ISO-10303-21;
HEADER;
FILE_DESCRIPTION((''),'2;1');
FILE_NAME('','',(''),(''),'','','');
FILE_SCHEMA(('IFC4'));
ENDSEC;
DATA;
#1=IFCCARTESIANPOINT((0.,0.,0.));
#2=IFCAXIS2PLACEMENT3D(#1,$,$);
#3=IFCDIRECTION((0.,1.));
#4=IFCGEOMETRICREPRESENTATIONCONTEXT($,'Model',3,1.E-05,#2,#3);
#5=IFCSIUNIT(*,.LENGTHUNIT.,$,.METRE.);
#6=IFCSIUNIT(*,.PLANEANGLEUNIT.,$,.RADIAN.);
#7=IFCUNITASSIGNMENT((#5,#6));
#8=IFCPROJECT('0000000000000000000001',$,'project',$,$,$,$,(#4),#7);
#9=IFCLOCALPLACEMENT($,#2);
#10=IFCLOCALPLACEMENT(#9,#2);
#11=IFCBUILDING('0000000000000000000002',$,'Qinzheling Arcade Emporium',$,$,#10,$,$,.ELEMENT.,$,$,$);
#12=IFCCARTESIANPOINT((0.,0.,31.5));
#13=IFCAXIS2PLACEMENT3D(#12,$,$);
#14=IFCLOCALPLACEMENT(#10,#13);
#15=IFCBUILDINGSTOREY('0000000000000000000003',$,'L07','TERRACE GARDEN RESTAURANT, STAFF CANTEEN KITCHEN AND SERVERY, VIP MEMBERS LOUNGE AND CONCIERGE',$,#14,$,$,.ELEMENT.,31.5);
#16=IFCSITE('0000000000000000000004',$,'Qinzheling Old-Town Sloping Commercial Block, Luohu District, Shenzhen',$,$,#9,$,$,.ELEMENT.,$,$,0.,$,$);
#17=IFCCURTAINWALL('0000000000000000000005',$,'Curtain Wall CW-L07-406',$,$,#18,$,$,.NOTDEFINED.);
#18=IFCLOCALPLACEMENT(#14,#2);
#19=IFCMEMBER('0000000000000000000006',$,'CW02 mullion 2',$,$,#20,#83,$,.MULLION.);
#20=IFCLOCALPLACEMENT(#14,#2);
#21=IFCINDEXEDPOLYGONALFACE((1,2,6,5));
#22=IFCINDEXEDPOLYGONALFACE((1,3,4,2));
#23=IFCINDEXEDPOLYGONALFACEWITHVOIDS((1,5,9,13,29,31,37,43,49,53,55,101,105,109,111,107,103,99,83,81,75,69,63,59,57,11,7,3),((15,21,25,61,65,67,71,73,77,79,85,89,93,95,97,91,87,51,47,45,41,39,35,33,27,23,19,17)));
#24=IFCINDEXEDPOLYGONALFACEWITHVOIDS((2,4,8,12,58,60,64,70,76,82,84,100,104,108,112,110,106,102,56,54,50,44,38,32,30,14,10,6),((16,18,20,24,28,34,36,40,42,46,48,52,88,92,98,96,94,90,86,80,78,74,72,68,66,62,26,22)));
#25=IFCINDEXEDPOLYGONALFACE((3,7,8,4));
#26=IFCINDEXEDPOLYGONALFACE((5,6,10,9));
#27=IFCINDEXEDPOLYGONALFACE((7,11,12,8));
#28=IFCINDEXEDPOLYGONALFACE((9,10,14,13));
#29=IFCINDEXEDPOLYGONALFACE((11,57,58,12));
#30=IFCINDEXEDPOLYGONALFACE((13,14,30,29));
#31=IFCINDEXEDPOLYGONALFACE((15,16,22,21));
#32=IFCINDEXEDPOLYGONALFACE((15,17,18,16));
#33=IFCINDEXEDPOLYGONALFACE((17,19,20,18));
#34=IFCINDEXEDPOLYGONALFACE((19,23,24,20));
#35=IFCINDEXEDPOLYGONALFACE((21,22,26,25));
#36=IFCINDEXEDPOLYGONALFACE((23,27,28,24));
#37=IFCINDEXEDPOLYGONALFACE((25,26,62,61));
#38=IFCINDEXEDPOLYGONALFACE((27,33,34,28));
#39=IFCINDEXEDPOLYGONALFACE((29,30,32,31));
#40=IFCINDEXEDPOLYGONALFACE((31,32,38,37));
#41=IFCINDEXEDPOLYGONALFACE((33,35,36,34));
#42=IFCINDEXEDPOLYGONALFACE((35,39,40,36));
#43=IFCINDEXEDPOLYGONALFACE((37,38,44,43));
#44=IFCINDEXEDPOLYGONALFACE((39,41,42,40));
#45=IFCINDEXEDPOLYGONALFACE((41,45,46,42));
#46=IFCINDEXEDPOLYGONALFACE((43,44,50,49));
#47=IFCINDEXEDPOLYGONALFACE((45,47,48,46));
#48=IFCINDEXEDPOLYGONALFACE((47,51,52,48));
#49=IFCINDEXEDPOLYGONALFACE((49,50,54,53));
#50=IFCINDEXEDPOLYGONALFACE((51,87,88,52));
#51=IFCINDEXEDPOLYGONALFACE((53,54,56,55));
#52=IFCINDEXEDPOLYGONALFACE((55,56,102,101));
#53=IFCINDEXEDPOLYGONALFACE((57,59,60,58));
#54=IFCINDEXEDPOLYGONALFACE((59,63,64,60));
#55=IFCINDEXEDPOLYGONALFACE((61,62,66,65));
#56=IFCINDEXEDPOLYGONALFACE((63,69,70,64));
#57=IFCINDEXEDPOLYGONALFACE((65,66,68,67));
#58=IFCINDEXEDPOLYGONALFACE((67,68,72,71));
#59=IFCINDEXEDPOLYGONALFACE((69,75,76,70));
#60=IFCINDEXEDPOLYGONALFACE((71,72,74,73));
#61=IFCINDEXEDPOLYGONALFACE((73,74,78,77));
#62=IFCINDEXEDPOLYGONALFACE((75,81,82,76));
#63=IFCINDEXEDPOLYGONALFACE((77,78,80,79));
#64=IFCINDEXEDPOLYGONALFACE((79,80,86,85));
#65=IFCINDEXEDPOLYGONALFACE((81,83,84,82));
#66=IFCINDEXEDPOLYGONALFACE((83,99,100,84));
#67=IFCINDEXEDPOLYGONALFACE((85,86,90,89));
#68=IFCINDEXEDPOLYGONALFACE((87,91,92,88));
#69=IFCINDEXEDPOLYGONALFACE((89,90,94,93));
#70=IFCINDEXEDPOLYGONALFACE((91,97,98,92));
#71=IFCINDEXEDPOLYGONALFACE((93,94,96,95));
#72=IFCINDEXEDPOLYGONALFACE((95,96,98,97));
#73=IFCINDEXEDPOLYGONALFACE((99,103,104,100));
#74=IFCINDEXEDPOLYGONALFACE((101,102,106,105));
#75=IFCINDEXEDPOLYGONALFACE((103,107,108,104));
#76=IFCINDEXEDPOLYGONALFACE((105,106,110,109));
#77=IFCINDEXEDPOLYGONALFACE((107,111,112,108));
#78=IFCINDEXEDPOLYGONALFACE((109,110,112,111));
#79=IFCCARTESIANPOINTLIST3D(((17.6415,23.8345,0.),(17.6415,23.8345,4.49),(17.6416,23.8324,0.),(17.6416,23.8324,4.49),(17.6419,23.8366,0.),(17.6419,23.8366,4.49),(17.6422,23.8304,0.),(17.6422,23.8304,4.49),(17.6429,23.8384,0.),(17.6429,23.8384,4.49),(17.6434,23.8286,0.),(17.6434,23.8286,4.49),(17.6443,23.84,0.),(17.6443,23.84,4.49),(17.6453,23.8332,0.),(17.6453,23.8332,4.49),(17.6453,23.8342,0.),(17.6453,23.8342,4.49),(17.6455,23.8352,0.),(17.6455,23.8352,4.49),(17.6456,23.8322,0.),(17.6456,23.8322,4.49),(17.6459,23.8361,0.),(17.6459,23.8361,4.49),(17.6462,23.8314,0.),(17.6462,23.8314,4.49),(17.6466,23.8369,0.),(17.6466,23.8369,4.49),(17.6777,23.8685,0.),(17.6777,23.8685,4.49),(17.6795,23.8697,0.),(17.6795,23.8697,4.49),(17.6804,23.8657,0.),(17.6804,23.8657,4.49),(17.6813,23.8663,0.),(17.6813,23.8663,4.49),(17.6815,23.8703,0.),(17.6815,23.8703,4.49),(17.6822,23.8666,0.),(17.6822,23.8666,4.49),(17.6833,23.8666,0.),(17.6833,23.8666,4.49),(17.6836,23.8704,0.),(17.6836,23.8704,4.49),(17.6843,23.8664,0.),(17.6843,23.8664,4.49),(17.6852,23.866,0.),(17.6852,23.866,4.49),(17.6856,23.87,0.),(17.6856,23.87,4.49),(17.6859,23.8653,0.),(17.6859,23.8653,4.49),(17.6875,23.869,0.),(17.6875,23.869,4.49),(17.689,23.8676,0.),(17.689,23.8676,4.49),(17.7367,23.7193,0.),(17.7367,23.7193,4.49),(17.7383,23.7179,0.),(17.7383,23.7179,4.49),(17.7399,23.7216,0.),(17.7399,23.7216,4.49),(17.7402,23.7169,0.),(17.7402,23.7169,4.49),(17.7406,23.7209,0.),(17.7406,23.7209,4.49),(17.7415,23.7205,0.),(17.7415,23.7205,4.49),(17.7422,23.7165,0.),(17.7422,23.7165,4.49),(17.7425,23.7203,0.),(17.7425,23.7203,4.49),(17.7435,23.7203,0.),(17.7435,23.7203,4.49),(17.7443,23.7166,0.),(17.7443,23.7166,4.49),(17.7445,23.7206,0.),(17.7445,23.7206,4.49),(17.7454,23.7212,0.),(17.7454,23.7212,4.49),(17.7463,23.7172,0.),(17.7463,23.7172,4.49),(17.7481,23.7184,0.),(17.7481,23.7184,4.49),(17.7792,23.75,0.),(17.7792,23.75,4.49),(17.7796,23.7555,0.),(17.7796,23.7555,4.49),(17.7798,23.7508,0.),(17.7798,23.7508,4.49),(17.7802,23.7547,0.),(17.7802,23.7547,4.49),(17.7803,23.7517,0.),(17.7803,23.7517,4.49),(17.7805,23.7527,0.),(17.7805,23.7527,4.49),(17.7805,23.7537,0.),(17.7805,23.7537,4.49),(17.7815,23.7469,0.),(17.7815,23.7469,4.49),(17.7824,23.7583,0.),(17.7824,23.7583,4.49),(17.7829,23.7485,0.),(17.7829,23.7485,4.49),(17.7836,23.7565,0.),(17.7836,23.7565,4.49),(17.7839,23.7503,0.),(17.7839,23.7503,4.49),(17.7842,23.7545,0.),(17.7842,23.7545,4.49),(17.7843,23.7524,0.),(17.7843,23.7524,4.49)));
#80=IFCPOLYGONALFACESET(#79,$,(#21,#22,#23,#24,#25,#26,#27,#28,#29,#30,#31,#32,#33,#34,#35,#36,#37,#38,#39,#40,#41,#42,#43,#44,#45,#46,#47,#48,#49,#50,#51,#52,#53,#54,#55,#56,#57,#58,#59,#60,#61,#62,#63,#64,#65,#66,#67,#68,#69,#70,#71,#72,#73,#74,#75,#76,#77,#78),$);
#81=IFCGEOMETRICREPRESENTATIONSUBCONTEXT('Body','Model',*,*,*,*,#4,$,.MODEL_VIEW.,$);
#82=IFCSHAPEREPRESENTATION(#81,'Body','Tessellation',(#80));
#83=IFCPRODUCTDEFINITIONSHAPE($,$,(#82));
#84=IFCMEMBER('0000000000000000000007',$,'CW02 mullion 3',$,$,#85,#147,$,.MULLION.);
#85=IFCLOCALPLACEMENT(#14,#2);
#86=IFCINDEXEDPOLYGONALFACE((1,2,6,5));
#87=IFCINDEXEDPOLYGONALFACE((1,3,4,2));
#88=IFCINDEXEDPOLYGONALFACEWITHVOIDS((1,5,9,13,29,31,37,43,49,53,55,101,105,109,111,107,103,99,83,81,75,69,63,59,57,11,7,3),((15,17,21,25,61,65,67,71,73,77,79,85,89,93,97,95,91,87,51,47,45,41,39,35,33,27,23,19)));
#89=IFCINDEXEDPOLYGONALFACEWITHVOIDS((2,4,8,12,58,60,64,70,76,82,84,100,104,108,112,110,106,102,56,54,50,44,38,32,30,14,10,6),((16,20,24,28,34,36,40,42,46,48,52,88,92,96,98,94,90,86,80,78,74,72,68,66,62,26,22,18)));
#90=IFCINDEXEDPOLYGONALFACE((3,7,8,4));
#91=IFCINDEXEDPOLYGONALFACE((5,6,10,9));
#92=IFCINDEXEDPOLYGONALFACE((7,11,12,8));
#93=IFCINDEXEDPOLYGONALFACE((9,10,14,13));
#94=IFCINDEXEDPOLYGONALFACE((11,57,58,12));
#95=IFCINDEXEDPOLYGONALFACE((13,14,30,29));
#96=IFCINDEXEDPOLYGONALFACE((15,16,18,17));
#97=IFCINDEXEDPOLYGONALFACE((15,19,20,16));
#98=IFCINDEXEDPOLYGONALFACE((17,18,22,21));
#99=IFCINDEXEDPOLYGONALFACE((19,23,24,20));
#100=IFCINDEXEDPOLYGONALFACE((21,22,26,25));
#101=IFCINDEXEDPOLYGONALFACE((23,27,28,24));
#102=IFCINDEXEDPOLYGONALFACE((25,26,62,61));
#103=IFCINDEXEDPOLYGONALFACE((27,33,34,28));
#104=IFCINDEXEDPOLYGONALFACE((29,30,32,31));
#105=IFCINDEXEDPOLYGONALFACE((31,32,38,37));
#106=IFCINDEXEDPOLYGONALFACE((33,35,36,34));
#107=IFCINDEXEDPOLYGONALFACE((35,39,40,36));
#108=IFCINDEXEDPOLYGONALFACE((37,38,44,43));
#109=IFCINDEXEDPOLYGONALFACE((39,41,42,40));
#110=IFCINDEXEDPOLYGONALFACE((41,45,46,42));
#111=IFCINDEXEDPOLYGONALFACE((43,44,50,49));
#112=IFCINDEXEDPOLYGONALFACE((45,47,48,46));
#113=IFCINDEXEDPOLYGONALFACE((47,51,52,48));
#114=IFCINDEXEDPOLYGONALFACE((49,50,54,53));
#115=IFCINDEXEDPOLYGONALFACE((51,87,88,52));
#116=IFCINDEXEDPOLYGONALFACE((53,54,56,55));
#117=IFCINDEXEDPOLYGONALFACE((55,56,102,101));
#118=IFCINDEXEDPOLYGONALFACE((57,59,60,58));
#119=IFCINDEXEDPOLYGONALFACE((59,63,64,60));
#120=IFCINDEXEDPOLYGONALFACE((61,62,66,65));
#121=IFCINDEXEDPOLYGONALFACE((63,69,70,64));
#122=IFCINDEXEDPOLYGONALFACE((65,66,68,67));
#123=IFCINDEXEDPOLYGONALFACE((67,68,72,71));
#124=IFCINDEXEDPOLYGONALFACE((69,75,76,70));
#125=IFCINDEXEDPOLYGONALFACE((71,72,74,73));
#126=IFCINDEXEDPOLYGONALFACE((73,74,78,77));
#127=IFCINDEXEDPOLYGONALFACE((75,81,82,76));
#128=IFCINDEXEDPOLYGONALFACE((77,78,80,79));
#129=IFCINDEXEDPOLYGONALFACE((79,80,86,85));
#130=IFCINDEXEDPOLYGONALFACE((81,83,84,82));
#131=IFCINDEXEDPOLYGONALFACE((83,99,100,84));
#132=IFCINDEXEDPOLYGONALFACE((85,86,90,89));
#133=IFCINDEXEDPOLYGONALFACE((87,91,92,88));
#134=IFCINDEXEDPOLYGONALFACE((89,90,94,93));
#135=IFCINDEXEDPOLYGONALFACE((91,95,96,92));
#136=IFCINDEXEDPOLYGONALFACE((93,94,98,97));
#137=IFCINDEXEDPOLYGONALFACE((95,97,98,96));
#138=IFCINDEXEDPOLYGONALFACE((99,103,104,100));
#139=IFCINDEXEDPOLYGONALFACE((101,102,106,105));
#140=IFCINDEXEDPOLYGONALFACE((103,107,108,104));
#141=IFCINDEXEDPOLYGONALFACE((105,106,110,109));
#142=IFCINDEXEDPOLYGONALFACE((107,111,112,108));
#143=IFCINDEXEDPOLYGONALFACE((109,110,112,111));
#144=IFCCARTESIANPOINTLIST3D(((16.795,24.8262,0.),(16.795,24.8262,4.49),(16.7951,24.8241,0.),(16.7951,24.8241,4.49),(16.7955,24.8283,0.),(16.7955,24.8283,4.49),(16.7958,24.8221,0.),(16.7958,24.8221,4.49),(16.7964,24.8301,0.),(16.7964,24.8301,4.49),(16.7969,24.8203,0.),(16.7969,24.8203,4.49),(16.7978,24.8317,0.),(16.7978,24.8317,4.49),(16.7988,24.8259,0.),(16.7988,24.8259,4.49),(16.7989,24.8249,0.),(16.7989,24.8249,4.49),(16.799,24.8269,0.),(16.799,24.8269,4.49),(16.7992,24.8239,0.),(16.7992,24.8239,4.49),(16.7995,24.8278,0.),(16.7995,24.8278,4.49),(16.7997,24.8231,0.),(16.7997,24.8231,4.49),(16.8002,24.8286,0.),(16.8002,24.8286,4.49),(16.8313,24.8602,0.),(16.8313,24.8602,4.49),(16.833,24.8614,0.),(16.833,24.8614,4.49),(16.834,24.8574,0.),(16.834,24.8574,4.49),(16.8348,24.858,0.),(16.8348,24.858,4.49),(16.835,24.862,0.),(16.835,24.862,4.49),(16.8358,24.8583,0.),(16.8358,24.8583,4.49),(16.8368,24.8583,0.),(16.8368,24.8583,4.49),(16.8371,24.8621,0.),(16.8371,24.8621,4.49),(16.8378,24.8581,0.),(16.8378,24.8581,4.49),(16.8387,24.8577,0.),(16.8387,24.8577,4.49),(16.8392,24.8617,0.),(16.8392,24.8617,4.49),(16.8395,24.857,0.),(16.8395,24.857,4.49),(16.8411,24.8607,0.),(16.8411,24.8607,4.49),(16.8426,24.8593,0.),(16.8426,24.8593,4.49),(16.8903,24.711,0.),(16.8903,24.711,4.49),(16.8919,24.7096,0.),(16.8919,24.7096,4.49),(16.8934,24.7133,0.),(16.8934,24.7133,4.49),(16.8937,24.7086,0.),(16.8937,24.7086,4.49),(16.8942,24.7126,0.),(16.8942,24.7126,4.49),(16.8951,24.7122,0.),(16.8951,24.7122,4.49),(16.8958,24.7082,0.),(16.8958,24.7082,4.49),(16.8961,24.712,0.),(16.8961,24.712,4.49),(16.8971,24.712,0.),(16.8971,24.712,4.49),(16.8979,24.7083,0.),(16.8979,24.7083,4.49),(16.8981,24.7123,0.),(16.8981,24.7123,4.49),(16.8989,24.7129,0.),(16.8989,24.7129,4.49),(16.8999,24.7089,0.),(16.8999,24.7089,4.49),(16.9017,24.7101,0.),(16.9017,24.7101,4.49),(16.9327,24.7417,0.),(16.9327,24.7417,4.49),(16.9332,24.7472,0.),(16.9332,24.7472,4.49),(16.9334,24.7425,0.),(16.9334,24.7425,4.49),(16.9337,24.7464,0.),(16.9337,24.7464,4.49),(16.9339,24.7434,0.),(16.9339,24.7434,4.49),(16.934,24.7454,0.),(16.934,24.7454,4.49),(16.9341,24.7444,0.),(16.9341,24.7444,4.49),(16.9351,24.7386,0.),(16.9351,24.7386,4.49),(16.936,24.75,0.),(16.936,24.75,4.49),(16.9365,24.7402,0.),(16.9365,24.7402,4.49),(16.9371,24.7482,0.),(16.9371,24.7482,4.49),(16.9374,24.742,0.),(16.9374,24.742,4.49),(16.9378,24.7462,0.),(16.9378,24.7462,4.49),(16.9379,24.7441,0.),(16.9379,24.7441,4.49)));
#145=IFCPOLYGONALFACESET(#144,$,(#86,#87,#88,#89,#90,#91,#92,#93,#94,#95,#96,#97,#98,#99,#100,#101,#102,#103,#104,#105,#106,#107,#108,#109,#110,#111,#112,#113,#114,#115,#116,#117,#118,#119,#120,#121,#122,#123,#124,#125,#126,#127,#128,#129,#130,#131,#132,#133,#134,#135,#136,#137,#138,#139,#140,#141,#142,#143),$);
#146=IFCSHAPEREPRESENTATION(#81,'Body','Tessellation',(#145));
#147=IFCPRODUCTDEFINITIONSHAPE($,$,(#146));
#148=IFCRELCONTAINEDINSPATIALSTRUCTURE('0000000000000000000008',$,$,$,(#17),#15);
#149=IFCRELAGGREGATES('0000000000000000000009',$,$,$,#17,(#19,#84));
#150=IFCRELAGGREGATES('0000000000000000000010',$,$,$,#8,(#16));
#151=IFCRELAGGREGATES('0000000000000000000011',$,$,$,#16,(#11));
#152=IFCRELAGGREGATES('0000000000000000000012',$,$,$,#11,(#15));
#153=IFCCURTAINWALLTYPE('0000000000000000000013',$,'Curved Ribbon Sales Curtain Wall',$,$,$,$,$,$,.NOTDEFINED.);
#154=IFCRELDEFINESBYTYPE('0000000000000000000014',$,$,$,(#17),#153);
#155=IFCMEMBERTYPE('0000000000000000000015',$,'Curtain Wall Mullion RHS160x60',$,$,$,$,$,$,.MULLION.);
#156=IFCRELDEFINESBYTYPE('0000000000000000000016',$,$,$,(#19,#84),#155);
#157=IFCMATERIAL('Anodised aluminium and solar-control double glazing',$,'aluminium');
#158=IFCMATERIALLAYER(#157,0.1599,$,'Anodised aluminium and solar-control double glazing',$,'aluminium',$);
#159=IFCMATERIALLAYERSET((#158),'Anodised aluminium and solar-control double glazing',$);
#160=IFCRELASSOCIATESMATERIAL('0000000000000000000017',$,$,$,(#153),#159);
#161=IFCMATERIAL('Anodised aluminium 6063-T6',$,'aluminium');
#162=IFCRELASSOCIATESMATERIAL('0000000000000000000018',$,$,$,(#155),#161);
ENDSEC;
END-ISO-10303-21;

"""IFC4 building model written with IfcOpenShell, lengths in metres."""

from ifc_helpers import new_model, si_unit, direction, frame, origin, origin_2d, place, context, subcontext, project, spatial, hollow_rectangle, extrude, material, layer, layer_set, material_profile, profile_set, type_object, element, aggregate, save


model = new_model("IFC4")

# Units and contexts
model_context = context("Model", 3, precision=1e-05, world=origin(), true_north=direction((0.0, 1.0)))
body_context = subcontext(model_context, "Body", "Model", "MODEL_VIEW")
ifc_project = project(units=[si_unit("LENGTHUNIT", "METRE"), si_unit("PLANEANGLEUNIT", "RADIAN")], contexts=[model_context])

# Site, building, storey
site_placement = place(None, origin())
site = spatial("IfcSite", under=ifc_project, at=site_placement, Name="Qinzheling Old-Town Sloping Commercial Block, Luohu District, Shenzhen", CompositionType="ELEMENT", RefElevation=0.0)
building_placement = place(site_placement, origin())
building = spatial("IfcBuilding", under=site, at=building_placement, Name="Qinzheling Arcade Emporium", CompositionType="ELEMENT")
storey_placement = place(building_placement, frame((0.0, 0.0, 31.5)))
storey = spatial("IfcBuildingStorey", under=building, at=storey_placement, Name="L07", Description="TERRACE GARDEN RESTAURANT, STAFF CANTEEN KITCHEN AND SERVERY, VIP MEMBERS LOUNGE AND CONCIERGE", CompositionType="ELEMENT", Elevation=31.5)

# Curtain wall, members
ifc_material_1 = material(Name="Anodised aluminium and solar-control double glazing", Category="aluminium")
ifc_layer_1 = layer(ifc_material_1, 0.1599, Name="Anodised aluminium and solar-control double glazing", Category="aluminium")
ifc_layer_set_1 = layer_set([ifc_layer_1], Name="Anodised aluminium and solar-control double glazing")
curtain_wall_type = type_object("IfcCurtainWallType", Name="Curved Ribbon Sales Curtain Wall", PredefinedType="NOTDEFINED", material=ifc_layer_set_1)
curtain_wall_placement = place(storey_placement, origin())
curtain_wall = element("IfcCurtainWall", 1, at=curtain_wall_placement, inside=storey, type_object=curtain_wall_type, Name="Curtain Wall CW-L07-406", PredefinedType="NOTDEFINED")
ifc_material_2 = material(Name="Anodised aluminium 6063-T6", Category="aluminium")
ifc_material_profile_1 = material_profile(ifc_material_2, hollow_rectangle(XDim=0.0601, YDim=0.1599, WallThickness=0.0039, InnerFilletRadius=0.0039, OuterFilletRadius=0.0081, at=origin_2d()), Name="RHS 160x60x4", Category="aluminium")
ifc_profile_set_1 = profile_set([ifc_material_profile_1], Name="Anodised aluminium 6063-T6")
member_type_1 = type_object("IfcMemberType", Name="Curtain Wall Mullion RHS160x60", PredefinedType="MULLION", material=ifc_profile_set_1)
member_1_placement = place(storey_placement, frame((17.7129, 23.7935, 0.0), z_axis=(0.0, 0.0, 1.0), x_axis=(-0.760578, -0.649247, 0.0)))
member_1 = element("IfcMember", 2, at=member_1_placement, type_object=member_type_1, Name="CW02 mullion 2", PredefinedType="MULLION", context=body_context, shape_type="SweptSolid", body=[
    extrude(hollow_rectangle(XDim=0.0601, YDim=0.1599, WallThickness=0.0039, InnerFilletRadius=0.0039, OuterFilletRadius=0.0081, at=origin_2d()), origin(), (0.0, 0.0, 1.0), 4.49),
])
member_2_placement = place(storey_placement, frame((16.8665, 24.7852, 0.0), z_axis=(0.0, 0.0, 1.0), x_axis=(-0.760578, -0.649247, 0.0)))
member_2 = element("IfcMember", 3, at=member_2_placement, type_object=member_type_1, Name="CW02 mullion 3", PredefinedType="MULLION", context=body_context, shape_type="SweptSolid", body=[
    extrude(hollow_rectangle(XDim=0.0601, YDim=0.1599, WallThickness=0.0039, InnerFilletRadius=0.0039, OuterFilletRadius=0.0081, at=origin_2d()), origin(), (0.0, 0.0, 1.0), 4.49),
])

aggregate(curtain_wall, [member_1, member_2])

save(model, "model.ifc")
